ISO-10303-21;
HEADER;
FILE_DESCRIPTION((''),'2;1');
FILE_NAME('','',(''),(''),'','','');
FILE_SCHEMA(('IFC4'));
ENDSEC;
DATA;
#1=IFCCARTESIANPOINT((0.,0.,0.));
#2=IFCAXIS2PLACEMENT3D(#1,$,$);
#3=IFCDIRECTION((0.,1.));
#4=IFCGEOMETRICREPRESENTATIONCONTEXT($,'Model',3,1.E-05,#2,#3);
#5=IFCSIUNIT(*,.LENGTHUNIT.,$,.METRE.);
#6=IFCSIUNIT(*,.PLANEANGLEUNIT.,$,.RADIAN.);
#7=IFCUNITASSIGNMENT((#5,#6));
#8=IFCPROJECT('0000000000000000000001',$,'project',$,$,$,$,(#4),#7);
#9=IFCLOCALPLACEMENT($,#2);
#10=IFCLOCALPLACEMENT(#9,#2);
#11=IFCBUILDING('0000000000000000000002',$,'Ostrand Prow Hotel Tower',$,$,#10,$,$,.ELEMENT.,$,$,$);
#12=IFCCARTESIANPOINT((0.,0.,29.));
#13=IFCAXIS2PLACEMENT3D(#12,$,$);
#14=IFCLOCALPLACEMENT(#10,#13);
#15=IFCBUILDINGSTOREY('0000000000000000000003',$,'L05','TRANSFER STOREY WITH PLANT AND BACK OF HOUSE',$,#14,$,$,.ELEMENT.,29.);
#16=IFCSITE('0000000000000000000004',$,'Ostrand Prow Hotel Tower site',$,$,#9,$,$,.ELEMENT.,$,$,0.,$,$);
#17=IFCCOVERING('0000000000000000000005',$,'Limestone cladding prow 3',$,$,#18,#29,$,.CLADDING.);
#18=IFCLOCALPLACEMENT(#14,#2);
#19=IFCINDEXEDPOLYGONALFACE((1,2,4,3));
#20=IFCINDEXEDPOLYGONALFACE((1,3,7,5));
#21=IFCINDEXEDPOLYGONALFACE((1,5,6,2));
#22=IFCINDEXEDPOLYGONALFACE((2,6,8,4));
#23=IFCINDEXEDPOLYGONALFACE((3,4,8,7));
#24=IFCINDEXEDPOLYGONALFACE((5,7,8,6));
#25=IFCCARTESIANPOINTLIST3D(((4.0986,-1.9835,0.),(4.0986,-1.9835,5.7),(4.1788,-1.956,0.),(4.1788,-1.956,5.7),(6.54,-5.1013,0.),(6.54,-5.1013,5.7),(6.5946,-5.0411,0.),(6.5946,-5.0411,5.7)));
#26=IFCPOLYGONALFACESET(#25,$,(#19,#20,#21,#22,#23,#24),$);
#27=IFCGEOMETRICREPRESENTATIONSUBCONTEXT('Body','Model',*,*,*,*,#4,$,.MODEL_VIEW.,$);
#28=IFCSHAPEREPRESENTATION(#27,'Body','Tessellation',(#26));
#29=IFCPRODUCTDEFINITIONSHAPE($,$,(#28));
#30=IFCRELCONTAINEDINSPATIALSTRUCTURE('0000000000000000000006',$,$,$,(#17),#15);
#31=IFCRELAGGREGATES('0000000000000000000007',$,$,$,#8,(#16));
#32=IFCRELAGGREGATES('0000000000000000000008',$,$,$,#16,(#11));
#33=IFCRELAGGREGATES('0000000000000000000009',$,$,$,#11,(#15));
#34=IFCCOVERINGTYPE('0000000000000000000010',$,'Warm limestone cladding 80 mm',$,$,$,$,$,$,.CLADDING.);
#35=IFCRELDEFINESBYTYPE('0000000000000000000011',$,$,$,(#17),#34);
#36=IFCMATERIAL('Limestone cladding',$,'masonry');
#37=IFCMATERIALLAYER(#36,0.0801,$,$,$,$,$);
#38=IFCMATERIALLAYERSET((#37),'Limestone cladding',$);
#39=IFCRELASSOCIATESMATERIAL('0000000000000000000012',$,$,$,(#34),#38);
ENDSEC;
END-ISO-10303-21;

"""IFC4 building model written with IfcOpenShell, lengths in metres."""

from ifc_helpers import new_model, si_unit, direction, frame, origin, place, context, subcontext, project, spatial, polyline, outline, extrude, material, layer, layer_set, type_object, element, save


model = new_model("IFC4")

# Units and contexts
model_context = context("Model", 3, precision=1e-05, world=origin(), true_north=direction((0.0, 1.0)))
body_context = subcontext(model_context, "Body", "Model", "MODEL_VIEW")
ifc_project = project(units=[si_unit("LENGTHUNIT", "METRE"), si_unit("PLANEANGLEUNIT", "RADIAN")], contexts=[model_context])

# Site, building, storey
site_placement = place(None, origin())
site = spatial("IfcSite", under=ifc_project, at=site_placement, Name="Ostrand Prow Hotel Tower site", CompositionType="ELEMENT", RefElevation=0.0)
building_placement = place(site_placement, origin())
building = spatial("IfcBuilding", under=site, at=building_placement, Name="Ostrand Prow Hotel Tower", CompositionType="ELEMENT")
storey_placement = place(building_placement, frame((0.0, 0.0, 29.0)))
storey = spatial("IfcBuildingStorey", under=building, at=storey_placement, Name="L05", Description="TRANSFER STOREY WITH PLANT AND BACK OF HOUSE", CompositionType="ELEMENT", Elevation=29.0)

# Covering
ifc_material_1 = material(Name="Limestone cladding", Category="masonry")
ifc_layer_1 = layer(ifc_material_1, 0.0801)
ifc_layer_set_1 = layer_set([ifc_layer_1], Name="Limestone cladding")
covering_type_1 = type_object("IfcCoveringType", Name="Warm limestone cladding 80 mm", PredefinedType="CLADDING", material=ifc_layer_set_1)
covering_1_placement = place(storey_placement, frame((4.1387, -1.9697, 0.0), z_axis=(0.0, 0.0, 1.0), x_axis=(0.616529, -0.787332, 0.0)))
element("IfcCovering", 1, at=covering_1_placement, inside=storey, type_object=covering_type_1, Name="Limestone cladding prow 3", PredefinedType="CLADDING", context=body_context, shape_type="SweptSolid", body=[
    extrude(outline(polyline([(-0.0139, -0.04), (3.946, -0.04), (3.9324, 0.04), (0.0139, 0.04), (-0.0139, -0.04)])), origin(), (0.0, 0.0, 1.0), 5.7),
])

save(model, "model.ifc")
